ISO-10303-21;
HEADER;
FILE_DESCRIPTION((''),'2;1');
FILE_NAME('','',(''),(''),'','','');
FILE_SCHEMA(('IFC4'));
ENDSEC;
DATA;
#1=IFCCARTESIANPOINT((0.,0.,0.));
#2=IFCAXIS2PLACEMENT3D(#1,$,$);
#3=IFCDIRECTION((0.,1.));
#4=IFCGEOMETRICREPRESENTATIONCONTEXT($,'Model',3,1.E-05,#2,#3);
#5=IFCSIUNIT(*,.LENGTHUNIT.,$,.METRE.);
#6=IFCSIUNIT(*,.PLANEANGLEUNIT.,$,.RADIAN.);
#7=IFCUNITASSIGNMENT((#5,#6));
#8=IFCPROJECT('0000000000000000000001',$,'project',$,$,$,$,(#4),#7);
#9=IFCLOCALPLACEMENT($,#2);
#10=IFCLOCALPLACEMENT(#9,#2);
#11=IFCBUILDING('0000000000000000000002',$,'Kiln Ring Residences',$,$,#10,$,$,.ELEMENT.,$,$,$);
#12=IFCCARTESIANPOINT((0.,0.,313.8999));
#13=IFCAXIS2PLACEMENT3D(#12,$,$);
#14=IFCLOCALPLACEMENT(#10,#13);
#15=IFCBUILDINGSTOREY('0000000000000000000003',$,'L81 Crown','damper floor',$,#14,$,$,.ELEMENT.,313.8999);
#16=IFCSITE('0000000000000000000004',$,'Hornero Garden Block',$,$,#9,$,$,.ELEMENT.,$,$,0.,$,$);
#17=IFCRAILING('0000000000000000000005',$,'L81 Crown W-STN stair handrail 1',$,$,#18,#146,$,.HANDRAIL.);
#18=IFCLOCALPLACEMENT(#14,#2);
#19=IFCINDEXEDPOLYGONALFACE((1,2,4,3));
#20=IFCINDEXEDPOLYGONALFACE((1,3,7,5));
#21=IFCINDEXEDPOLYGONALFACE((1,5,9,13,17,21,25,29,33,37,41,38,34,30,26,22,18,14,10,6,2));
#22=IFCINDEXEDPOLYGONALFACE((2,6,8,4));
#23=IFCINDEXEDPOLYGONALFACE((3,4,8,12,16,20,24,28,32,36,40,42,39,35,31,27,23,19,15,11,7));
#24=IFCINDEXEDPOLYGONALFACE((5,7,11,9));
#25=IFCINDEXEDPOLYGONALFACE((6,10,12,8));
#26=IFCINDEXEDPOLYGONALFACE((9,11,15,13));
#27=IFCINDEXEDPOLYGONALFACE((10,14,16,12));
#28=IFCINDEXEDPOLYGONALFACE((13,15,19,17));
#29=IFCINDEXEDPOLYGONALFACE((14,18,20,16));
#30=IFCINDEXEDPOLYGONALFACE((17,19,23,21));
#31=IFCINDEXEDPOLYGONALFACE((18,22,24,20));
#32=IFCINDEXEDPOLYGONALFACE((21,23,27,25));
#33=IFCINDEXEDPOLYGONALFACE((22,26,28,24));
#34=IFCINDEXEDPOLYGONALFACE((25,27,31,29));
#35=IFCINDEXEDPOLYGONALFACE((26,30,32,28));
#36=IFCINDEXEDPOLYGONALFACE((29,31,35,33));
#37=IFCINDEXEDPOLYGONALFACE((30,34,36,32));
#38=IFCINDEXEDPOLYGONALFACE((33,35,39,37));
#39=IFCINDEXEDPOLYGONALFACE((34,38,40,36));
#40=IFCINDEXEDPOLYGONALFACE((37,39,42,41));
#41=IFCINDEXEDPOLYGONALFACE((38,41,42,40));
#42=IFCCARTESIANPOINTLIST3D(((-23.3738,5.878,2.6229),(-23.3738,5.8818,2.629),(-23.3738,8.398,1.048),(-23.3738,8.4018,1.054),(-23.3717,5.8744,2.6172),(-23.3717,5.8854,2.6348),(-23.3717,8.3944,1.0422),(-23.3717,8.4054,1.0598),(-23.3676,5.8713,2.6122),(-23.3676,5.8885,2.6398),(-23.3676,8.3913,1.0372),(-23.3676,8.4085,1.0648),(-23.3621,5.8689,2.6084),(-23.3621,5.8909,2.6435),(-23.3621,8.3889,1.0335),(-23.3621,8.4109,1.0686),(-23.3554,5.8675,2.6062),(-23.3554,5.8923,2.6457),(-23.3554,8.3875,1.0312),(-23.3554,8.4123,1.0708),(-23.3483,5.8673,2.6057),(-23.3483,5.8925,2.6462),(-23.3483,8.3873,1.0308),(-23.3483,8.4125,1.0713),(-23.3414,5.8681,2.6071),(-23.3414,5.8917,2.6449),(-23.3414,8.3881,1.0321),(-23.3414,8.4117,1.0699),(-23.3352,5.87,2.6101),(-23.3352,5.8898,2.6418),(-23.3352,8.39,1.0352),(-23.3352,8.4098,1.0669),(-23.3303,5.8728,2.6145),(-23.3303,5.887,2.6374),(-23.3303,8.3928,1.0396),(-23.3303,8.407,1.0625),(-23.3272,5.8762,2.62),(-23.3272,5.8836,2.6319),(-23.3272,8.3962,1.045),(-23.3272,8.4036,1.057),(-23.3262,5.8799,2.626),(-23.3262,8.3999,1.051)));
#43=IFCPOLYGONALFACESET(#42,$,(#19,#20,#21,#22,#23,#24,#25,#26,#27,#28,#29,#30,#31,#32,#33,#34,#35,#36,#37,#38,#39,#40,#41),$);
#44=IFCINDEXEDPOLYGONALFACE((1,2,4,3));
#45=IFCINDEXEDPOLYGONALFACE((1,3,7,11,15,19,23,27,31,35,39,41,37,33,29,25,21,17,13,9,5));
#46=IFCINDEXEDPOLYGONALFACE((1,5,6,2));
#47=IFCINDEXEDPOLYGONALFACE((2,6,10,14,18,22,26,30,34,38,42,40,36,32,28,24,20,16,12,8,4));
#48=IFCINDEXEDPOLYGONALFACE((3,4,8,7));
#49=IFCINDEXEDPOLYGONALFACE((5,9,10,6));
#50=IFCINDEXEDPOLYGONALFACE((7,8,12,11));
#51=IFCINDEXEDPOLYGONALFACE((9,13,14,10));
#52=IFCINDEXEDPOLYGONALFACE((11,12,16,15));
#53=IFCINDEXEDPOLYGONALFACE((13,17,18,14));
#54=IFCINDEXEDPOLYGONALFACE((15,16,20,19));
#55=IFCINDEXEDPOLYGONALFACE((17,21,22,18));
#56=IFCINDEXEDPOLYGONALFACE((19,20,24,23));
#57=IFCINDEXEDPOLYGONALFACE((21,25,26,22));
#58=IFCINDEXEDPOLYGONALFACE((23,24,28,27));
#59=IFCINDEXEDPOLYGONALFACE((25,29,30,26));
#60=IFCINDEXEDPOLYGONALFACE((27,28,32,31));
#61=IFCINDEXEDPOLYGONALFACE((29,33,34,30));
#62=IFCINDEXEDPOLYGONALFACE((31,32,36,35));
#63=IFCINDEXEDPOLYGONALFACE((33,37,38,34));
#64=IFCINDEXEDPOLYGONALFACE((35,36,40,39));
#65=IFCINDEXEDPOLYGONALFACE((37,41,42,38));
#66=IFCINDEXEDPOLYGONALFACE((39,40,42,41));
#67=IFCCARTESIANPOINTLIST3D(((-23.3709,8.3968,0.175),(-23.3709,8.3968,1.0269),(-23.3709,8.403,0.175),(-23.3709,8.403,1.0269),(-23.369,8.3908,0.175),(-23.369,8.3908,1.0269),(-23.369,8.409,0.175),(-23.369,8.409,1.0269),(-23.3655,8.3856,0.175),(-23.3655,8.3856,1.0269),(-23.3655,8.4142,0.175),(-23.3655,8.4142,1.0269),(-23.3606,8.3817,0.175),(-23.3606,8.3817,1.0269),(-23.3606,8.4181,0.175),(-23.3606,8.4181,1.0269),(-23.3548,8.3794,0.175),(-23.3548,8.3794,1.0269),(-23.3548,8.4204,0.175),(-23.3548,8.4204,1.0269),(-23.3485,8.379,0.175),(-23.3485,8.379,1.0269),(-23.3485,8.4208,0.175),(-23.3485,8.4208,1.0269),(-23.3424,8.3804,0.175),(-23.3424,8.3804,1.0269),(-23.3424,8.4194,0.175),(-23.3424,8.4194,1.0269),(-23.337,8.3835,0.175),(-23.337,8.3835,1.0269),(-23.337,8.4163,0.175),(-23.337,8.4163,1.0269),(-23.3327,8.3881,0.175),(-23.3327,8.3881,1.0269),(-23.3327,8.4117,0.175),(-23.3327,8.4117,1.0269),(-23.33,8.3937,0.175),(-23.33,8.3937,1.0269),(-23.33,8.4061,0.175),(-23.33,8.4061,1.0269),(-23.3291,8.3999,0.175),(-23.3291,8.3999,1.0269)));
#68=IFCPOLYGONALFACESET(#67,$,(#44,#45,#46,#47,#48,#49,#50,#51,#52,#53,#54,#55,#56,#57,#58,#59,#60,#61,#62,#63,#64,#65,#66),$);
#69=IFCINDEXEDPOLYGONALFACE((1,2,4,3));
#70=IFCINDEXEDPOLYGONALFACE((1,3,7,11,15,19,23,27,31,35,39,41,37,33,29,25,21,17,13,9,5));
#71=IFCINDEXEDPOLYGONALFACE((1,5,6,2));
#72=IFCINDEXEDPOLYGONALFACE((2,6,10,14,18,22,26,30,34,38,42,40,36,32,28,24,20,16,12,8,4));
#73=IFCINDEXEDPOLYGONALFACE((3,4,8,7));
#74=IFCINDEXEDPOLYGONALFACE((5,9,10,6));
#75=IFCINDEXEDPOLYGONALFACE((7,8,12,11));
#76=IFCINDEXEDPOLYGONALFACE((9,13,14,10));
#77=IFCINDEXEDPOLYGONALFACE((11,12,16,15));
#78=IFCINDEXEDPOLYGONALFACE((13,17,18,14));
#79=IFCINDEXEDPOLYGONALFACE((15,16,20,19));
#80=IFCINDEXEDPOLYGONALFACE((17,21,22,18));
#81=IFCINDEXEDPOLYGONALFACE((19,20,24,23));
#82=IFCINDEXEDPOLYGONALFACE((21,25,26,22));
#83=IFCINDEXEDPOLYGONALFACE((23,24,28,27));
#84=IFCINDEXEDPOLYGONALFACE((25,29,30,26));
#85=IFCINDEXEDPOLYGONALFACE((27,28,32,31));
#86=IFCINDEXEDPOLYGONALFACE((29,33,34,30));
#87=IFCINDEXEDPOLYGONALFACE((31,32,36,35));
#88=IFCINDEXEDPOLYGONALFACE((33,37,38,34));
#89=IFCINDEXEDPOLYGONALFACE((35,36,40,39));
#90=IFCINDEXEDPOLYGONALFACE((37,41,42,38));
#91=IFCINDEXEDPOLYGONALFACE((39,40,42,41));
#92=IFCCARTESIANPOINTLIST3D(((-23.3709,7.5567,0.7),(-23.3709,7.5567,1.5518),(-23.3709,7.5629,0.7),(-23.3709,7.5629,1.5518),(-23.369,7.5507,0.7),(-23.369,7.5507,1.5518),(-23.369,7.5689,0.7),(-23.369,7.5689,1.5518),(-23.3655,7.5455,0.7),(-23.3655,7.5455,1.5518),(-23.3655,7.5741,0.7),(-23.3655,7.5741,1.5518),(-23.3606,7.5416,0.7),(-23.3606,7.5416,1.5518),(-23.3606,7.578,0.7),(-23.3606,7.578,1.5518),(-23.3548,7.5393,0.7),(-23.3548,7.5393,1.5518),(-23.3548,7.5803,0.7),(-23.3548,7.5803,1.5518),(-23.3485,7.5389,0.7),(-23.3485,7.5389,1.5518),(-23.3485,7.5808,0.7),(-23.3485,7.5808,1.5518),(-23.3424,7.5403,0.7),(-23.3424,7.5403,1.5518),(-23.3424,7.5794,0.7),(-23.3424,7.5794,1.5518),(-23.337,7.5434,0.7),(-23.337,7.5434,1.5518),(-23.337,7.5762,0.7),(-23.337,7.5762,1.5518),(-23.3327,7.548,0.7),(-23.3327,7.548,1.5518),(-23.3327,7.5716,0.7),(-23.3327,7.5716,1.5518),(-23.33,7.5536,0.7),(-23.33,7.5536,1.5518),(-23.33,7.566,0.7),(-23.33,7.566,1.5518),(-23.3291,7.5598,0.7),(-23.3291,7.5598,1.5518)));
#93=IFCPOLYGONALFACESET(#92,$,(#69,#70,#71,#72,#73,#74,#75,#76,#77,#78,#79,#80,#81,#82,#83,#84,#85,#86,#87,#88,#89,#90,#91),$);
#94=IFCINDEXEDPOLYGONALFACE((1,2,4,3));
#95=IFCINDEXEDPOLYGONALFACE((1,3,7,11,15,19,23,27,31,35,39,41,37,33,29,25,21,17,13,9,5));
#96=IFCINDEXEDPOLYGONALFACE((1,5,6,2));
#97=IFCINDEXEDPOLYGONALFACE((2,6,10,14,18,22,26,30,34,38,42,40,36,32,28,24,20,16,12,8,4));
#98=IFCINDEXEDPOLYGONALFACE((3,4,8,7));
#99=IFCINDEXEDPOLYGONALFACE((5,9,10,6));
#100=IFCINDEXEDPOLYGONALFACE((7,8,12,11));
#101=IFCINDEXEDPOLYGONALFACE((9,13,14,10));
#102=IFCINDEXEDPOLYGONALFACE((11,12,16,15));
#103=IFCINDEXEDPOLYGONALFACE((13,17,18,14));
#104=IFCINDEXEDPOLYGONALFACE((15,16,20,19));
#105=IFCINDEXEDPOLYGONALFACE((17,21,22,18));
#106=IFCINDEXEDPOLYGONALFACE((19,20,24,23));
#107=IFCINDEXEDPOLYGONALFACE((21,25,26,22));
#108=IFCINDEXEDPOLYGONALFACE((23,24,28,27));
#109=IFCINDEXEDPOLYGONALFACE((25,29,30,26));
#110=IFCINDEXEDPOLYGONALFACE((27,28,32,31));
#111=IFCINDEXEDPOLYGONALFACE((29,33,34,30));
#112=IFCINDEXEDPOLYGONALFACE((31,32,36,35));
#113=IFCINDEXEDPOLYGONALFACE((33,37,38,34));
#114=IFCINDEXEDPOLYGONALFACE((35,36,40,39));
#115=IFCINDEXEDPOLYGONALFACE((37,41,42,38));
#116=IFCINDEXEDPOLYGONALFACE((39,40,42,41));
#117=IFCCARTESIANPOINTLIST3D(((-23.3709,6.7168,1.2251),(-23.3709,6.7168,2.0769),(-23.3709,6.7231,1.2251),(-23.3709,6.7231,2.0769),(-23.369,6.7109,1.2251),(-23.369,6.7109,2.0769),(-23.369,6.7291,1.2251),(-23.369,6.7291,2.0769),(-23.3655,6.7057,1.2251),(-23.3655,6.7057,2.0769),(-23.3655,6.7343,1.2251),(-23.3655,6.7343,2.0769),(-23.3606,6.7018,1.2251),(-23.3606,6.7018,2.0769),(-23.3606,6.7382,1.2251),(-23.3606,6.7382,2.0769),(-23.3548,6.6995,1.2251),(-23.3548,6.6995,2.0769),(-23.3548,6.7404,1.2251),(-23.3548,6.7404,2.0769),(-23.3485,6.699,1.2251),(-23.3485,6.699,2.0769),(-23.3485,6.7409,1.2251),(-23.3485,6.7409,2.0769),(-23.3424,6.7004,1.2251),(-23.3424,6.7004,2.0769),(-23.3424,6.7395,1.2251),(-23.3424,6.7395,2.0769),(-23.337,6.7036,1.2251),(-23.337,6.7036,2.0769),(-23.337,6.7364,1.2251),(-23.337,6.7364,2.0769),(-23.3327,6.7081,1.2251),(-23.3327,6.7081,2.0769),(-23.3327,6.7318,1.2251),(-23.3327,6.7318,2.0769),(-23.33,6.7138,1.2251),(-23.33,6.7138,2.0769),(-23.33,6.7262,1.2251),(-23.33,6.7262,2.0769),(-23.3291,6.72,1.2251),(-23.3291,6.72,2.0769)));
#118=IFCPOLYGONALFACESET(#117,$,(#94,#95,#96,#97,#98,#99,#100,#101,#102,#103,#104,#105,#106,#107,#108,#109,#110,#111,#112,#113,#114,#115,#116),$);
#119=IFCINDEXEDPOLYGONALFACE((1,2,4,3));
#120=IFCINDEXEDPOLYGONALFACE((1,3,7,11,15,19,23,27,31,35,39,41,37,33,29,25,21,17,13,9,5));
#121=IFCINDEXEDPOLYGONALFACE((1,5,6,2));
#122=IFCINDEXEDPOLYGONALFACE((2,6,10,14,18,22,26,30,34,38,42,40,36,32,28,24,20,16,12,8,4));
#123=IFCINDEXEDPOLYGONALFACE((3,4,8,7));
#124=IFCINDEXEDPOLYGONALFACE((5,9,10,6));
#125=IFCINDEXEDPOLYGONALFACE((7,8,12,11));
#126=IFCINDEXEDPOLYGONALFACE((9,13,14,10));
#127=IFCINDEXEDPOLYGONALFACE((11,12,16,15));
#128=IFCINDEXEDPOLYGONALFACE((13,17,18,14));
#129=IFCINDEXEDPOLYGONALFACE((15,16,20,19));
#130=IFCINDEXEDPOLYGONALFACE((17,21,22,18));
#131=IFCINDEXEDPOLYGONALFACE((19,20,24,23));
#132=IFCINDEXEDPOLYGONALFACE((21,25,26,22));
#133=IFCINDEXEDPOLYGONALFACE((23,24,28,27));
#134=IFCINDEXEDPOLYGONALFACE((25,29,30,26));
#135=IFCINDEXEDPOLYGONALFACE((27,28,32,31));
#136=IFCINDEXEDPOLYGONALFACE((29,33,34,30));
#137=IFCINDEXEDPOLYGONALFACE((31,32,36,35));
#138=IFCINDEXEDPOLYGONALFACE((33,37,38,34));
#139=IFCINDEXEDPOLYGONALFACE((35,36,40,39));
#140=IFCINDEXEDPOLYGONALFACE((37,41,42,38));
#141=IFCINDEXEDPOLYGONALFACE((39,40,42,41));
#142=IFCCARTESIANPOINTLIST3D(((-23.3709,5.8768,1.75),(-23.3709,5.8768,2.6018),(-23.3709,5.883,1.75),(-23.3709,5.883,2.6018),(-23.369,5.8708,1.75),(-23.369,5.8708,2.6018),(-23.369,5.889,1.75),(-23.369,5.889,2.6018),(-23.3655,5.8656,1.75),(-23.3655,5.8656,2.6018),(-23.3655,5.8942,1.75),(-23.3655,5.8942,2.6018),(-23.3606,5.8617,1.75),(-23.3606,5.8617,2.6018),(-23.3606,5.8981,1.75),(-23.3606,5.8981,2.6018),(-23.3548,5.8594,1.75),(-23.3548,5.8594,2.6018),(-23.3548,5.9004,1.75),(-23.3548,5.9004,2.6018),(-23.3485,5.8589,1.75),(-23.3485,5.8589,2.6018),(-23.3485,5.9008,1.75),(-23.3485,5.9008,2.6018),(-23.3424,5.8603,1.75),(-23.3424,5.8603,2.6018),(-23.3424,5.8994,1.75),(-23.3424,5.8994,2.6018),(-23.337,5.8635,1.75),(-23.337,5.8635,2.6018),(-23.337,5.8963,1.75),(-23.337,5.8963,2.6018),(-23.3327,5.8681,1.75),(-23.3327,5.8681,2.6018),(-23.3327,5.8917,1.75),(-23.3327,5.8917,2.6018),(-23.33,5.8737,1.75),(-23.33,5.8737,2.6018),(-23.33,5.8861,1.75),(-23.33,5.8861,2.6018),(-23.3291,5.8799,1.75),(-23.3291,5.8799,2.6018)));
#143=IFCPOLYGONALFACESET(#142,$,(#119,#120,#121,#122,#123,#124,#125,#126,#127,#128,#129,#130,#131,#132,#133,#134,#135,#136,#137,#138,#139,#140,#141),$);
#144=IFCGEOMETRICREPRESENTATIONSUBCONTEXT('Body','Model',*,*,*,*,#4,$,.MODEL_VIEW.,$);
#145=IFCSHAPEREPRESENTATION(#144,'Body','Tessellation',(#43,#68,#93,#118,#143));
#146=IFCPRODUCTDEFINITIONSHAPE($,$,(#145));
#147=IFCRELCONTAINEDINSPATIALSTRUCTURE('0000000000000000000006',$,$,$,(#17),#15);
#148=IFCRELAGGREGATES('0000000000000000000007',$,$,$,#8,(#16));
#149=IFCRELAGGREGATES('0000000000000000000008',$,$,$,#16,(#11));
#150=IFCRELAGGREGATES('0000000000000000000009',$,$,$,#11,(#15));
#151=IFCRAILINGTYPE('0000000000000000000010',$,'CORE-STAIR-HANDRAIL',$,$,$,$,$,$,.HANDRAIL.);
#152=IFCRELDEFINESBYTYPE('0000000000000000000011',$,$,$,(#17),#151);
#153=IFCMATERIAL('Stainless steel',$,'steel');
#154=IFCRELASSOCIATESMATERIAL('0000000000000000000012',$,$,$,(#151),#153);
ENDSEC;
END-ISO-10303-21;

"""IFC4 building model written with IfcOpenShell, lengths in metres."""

from ifc_helpers import new_model, si_unit, direction, frame, origin, origin_2d, place, context, subcontext, project, spatial, circle, extrude, material, type_object, element, save


model = new_model("IFC4")

# Units and contexts
model_context = context("Model", 3, precision=1e-05, world=origin(), true_north=direction((0.0, 1.0)))
body_context = subcontext(model_context, "Body", "Model", "MODEL_VIEW")
ifc_project = project(units=[si_unit("LENGTHUNIT", "METRE"), si_unit("PLANEANGLEUNIT", "RADIAN")], contexts=[model_context])

# Site, building, storey
site_placement = place(None, origin())
site = spatial("IfcSite", under=ifc_project, at=site_placement, Name="Hornero Garden Block", CompositionType="ELEMENT", RefElevation=0.0)
building_placement = place(site_placement, origin())
building = spatial("IfcBuilding", under=site, at=building_placement, Name="Kiln Ring Residences", CompositionType="ELEMENT")
storey_placement = place(building_placement, frame((0.0, 0.0, 313.8999)))
storey = spatial("IfcBuildingStorey", under=building, at=storey_placement, Name="L81 Crown", Description="damper floor", CompositionType="ELEMENT", Elevation=313.8999)

# Railing
ifc_material_1 = material(Name="Stainless steel", Category="steel")
railing_type_1 = type_object("IfcRailingType", Name="CORE-STAIR-HANDRAIL", PredefinedType="HANDRAIL", material=ifc_material_1)
railing_1_placement = place(storey_placement, frame((-23.3501, 8.3999, 0.175)))
element("IfcRailing", 1, at=railing_1_placement, inside=storey, type_object=railing_type_1, Name="L81 Crown W-STN stair handrail 1", PredefinedType="HANDRAIL", context=body_context, shape_type="SweptSolid", body=[
    extrude(circle(Radius=0.0239, at=origin_2d()), frame((0.0, 0.0, 0.876), z_axis=(0.0, -0.848008, 0.529984), x_axis=(1.0, 0.0, 0.0)), (0.0, 0.0, 1.0), 2.9717),
    extrude(circle(Radius=0.021, at=origin_2d()), origin(), (0.0, 0.0, 1.0), 0.8518),
    extrude(circle(Radius=0.021, at=origin_2d()), frame((0.0, -0.8401, 0.5249)), (0.0, 0.0, 1.0), 0.8518),
    extrude(circle(Radius=0.021, at=origin_2d()), frame((0.0, -1.6799, 1.05)), (0.0, 0.0, 1.0), 0.8518),
    extrude(circle(Radius=0.021, at=origin_2d()), frame((0.0, -2.52, 1.575)), (0.0, 0.0, 1.0), 0.8518),
])

save(model, "model.ifc")
